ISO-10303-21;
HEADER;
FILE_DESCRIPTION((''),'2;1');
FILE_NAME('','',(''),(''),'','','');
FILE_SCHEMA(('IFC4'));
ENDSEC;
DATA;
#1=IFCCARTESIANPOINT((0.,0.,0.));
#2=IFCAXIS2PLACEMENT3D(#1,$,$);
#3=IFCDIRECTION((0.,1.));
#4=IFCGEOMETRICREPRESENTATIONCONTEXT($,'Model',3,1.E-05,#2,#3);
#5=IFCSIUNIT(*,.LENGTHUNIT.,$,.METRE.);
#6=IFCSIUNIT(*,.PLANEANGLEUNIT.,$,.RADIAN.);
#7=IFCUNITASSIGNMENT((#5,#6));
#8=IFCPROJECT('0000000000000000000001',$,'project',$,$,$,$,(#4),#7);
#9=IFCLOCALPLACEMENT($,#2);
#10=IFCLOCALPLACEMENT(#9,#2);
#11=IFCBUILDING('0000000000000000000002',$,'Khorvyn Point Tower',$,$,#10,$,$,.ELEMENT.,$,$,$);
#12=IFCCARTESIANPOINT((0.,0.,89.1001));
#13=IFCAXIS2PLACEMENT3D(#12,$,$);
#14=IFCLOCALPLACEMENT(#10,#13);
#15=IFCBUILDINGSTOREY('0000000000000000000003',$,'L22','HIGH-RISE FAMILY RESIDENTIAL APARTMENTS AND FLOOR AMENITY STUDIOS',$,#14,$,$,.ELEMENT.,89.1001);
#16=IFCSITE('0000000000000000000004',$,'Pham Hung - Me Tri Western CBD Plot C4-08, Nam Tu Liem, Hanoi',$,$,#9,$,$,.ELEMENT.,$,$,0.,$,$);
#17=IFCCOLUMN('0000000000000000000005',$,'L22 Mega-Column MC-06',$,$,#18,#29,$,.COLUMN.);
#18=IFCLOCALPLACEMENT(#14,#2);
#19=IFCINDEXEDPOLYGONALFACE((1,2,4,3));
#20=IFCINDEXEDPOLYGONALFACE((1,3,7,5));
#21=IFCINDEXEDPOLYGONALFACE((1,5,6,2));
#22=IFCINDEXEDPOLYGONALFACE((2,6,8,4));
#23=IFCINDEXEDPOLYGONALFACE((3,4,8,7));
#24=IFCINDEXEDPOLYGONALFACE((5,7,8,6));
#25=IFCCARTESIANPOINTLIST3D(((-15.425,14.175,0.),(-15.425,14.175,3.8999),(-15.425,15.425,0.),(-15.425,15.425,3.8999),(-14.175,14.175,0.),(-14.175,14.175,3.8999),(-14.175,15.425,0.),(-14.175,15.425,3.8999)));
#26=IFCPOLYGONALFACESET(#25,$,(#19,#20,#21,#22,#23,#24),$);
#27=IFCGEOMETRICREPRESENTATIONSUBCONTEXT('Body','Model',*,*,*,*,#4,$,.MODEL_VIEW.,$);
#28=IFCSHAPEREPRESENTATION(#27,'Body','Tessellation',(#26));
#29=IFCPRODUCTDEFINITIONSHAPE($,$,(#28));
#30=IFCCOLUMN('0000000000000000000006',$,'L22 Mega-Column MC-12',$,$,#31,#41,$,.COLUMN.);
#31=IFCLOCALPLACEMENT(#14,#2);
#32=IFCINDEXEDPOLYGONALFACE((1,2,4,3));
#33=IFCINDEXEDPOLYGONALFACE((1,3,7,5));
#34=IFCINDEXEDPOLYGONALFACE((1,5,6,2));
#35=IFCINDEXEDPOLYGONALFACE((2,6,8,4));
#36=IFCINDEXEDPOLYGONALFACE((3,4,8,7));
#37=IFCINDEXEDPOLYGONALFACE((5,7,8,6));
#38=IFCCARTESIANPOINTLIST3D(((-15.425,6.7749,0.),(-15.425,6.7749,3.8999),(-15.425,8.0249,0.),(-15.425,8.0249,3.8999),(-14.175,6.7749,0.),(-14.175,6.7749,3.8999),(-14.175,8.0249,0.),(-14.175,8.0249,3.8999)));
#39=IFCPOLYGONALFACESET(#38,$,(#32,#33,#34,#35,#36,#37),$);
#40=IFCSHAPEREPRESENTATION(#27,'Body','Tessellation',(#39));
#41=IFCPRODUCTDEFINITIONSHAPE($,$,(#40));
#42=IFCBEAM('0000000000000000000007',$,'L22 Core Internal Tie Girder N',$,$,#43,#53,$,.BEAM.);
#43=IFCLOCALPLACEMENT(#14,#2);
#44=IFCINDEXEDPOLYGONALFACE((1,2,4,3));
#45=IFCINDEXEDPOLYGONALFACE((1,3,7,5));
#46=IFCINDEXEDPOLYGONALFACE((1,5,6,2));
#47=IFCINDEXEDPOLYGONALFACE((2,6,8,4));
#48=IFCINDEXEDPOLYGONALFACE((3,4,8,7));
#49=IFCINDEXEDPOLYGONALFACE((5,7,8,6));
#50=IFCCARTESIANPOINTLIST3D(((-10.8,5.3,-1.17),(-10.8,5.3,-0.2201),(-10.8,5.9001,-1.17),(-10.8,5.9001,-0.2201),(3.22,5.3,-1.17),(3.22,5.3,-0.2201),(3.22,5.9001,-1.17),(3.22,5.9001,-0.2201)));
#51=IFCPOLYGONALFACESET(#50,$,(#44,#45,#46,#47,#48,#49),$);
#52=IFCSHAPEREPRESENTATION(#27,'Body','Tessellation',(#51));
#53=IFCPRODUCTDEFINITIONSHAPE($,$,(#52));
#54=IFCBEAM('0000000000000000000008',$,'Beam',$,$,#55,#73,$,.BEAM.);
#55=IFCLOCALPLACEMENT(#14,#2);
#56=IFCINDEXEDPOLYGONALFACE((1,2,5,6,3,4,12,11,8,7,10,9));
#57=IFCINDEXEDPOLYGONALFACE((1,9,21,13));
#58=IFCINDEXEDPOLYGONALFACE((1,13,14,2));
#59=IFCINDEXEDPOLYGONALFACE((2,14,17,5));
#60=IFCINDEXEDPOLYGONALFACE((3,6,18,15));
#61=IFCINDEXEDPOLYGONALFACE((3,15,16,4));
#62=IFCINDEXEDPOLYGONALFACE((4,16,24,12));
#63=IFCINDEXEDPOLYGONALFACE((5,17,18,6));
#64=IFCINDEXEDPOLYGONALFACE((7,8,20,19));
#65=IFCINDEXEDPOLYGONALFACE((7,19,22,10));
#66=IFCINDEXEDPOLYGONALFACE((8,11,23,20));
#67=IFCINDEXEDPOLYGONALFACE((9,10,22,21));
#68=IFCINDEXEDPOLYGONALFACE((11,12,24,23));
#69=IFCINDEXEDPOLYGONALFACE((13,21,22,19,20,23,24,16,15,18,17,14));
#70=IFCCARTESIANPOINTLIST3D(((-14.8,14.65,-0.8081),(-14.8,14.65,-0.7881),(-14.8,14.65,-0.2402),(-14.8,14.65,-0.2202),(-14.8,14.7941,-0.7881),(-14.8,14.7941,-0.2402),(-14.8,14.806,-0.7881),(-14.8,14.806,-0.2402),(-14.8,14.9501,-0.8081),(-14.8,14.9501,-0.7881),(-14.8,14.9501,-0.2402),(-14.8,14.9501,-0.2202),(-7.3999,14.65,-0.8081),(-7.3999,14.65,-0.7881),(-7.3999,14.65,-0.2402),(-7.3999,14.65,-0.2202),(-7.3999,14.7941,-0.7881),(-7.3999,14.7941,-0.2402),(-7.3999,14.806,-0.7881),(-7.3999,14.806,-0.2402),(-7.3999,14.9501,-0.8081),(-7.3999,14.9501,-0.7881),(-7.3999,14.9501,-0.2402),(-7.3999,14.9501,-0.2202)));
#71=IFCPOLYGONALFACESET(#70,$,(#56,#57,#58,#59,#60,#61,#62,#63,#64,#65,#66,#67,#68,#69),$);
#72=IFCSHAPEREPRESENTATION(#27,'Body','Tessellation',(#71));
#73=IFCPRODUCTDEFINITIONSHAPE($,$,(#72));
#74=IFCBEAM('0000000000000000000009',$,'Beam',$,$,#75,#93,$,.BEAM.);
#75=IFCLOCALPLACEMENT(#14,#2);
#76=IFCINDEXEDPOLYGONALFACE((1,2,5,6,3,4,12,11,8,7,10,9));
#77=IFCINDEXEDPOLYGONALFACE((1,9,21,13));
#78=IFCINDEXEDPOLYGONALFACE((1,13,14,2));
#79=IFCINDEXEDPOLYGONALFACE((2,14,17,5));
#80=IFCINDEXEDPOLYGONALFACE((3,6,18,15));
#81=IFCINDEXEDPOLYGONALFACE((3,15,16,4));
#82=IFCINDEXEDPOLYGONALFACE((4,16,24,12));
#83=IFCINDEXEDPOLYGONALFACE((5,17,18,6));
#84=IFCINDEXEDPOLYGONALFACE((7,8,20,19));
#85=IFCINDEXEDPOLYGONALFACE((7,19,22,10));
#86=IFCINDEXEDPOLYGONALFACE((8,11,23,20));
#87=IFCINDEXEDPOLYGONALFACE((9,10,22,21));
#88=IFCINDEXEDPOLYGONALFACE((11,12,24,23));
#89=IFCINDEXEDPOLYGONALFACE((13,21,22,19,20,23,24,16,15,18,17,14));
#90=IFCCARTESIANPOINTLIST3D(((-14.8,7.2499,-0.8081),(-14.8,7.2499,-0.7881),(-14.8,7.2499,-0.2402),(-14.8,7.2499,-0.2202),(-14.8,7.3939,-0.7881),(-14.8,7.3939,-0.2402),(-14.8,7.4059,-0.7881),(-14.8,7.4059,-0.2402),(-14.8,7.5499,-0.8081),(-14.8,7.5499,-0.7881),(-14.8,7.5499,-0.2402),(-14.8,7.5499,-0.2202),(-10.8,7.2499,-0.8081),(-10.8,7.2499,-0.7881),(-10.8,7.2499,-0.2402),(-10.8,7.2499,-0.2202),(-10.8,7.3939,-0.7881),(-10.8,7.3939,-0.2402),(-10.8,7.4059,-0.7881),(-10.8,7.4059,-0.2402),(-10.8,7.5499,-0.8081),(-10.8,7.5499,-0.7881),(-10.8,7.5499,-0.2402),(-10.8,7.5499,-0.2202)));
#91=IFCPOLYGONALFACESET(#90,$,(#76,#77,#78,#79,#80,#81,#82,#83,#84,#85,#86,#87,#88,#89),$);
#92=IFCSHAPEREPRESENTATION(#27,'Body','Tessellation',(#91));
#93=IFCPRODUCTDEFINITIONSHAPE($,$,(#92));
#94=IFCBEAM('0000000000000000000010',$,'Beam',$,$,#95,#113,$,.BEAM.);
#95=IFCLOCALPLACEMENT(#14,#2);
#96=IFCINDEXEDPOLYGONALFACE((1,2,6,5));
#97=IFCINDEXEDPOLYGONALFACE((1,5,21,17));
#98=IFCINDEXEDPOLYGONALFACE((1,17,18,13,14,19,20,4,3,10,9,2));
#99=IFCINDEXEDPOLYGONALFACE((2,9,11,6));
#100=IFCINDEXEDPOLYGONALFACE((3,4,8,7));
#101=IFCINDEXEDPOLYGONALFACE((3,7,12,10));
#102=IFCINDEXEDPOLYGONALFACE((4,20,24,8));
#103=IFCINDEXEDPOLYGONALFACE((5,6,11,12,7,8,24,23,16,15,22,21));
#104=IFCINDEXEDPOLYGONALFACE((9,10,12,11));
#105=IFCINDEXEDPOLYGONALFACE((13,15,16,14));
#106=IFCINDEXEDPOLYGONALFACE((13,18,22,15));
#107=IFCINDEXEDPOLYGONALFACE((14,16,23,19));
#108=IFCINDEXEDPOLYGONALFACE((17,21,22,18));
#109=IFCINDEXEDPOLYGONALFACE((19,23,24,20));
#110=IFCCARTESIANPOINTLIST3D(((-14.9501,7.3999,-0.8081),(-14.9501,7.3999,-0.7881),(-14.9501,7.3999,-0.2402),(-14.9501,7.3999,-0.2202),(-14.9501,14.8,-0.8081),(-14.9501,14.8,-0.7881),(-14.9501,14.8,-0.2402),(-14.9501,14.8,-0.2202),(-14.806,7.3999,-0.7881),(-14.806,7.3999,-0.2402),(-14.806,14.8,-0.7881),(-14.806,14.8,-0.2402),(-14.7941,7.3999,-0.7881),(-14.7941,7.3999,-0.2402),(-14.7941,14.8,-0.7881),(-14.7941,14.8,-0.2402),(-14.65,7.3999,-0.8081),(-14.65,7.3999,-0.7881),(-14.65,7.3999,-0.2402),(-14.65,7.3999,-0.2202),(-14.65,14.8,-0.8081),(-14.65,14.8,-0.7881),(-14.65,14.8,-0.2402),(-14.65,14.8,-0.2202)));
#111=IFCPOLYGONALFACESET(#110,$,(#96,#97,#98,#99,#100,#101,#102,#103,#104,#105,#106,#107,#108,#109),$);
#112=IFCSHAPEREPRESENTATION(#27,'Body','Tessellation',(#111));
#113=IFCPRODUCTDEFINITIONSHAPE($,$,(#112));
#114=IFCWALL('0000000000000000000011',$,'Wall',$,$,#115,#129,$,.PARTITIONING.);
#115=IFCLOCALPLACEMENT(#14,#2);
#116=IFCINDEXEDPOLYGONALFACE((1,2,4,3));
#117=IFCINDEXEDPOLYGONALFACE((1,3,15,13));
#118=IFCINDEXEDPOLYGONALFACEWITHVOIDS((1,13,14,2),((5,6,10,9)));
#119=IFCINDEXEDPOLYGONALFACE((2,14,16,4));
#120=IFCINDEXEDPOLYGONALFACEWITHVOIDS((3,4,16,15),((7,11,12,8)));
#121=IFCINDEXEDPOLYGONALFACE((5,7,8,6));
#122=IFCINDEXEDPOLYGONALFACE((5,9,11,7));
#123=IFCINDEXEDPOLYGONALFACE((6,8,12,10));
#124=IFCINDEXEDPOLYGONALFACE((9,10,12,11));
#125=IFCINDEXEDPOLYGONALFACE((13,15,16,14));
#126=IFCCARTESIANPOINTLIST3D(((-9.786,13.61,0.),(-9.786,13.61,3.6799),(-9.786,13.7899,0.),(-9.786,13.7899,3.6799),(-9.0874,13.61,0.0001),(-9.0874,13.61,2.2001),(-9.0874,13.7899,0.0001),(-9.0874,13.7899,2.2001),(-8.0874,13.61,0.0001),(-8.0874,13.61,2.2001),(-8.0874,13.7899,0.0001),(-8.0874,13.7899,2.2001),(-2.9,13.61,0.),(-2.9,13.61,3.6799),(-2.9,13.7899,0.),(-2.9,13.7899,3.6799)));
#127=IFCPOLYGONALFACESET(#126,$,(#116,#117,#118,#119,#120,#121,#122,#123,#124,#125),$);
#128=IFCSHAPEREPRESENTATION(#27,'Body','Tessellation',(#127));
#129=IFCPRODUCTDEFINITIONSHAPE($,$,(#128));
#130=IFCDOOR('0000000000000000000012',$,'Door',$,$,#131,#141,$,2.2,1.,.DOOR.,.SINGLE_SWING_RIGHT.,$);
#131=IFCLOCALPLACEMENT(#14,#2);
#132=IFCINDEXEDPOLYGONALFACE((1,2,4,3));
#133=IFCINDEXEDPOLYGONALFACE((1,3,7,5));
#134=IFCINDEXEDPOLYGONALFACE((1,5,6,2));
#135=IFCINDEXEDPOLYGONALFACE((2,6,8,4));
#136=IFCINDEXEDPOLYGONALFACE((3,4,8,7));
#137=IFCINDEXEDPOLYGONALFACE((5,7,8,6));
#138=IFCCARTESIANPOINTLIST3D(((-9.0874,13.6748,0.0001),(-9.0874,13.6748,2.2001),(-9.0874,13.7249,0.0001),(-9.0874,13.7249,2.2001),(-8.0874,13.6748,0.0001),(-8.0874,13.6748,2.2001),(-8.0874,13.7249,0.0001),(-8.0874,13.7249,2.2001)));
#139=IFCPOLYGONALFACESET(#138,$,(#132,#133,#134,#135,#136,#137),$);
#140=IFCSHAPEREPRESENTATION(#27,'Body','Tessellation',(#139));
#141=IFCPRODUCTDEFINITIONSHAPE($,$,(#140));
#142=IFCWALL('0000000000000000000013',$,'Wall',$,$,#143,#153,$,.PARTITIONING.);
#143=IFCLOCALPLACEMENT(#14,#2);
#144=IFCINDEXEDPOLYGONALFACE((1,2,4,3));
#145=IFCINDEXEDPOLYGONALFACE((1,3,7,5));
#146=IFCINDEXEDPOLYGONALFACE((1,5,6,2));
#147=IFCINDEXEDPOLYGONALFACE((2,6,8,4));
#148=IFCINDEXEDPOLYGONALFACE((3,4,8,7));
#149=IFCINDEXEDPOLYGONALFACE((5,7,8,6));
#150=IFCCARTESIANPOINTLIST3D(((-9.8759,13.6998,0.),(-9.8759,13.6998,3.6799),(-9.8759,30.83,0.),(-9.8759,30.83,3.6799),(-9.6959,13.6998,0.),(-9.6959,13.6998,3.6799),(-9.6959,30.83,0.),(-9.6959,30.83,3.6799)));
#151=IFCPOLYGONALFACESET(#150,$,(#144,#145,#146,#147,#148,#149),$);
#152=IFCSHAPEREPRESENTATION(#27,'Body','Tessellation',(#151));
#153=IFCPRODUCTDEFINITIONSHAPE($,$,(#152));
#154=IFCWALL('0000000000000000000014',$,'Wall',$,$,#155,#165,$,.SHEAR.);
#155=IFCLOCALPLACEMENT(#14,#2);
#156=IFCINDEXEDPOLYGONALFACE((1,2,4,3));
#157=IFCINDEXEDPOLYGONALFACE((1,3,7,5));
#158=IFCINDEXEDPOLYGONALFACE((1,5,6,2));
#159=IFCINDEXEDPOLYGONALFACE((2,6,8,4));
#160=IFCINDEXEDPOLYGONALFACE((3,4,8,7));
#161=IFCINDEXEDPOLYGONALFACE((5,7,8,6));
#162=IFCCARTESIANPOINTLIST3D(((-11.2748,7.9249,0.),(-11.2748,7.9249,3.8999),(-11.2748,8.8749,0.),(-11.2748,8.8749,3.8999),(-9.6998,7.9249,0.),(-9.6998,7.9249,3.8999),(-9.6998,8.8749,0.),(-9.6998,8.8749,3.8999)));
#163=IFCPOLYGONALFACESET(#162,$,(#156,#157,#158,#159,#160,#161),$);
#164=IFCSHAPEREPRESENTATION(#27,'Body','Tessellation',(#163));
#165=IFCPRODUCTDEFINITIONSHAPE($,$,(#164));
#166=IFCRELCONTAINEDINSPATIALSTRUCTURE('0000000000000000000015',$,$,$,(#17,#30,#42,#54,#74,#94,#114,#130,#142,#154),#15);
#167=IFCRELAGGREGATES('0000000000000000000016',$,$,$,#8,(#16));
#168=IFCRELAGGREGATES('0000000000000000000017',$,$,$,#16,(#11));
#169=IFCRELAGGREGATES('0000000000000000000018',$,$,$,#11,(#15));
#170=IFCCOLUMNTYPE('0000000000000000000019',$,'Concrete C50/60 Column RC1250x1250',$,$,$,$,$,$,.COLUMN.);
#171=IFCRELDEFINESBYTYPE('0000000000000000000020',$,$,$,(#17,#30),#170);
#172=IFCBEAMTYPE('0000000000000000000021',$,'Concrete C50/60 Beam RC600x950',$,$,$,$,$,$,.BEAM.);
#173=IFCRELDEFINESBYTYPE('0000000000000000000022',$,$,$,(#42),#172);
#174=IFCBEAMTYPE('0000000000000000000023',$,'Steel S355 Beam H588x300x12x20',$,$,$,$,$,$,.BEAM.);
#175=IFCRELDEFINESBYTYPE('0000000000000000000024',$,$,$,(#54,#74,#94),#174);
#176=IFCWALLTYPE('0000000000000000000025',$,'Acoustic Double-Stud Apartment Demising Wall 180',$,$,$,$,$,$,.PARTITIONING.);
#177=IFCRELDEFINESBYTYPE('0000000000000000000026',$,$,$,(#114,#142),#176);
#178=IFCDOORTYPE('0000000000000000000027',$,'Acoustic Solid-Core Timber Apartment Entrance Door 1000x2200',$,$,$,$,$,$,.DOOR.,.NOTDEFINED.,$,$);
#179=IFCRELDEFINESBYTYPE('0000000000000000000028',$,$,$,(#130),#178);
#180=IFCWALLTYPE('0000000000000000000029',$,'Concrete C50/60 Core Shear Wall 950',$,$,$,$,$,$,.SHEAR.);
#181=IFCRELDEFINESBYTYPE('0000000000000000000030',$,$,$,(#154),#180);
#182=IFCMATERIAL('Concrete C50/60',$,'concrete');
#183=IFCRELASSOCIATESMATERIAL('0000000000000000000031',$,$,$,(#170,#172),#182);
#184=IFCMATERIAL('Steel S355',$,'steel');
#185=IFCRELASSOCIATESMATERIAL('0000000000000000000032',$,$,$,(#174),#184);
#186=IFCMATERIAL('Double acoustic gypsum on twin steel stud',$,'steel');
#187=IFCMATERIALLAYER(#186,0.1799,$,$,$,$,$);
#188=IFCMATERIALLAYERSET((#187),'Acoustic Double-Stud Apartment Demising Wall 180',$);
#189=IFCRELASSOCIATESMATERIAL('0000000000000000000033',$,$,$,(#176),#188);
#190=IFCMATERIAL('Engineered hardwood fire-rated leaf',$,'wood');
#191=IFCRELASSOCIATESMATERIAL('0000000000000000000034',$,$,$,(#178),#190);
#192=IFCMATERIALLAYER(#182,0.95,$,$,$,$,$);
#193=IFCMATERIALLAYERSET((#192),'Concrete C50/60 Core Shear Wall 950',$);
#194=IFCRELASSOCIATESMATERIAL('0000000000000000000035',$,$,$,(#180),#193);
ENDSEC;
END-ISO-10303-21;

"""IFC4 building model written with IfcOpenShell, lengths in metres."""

from ifc_helpers import new_model, si_unit, direction, frame, frame_2d, origin, origin_2d, place, context, subcontext, project, spatial, rectangle, i_section, extrude, material, layer, layer_set, material_profile, profile_set, type_object, element, fill, save


model = new_model("IFC4")

# Units and contexts
model_context = context("Model", 3, precision=1e-05, world=origin(), true_north=direction((0.0, 1.0)))
body_context = subcontext(model_context, "Body", "Model", "MODEL_VIEW")
ifc_project = project(units=[si_unit("LENGTHUNIT", "METRE"), si_unit("PLANEANGLEUNIT", "RADIAN")], contexts=[model_context])

# Site, building, storey
site_placement = place(None, origin())
site = spatial("IfcSite", under=ifc_project, at=site_placement, Name="Pham Hung - Me Tri Western CBD Plot C4-08, Nam Tu Liem, Hanoi", CompositionType="ELEMENT", RefElevation=0.0)
building_placement = place(site_placement, origin())
building = spatial("IfcBuilding", under=site, at=building_placement, Name="Khorvyn Point Tower", CompositionType="ELEMENT")
storey_placement = place(building_placement, frame((0.0, 0.0, 89.1001)))
storey = spatial("IfcBuildingStorey", under=building, at=storey_placement, Name="L22", Description="HIGH-RISE FAMILY RESIDENTIAL APARTMENTS AND FLOOR AMENITY STUDIOS", CompositionType="ELEMENT", Elevation=89.1001)

# Columns
ifc_material_1 = material(Name="Concrete C50/60", Category="concrete")
ifc_material_profile_1 = material_profile(ifc_material_1, rectangle(XDim=1.25, YDim=1.25, at=origin_2d()))
ifc_profile_set_1 = profile_set([ifc_material_profile_1], Name="Concrete C50/60 RC1250x1250")
column_type = type_object("IfcColumnType", Name="Concrete C50/60 Column RC1250x1250", PredefinedType="COLUMN", material=ifc_profile_set_1)
for number, where, z_axis, x_axis, name in (
    (1, (-14.8, 14.8, 0.0), (0.0, 0.0, 1.0), (1.0, 0.0, 0.0), "L22 Mega-Column MC-06"),
    (2, (-14.8, 7.3999, 0.0), (0.0, 0.0, 1.0), (1.0, 0.0, 0.0), "L22 Mega-Column MC-12"),
):
    element("IfcColumn", number, at=place(storey_placement, frame(where, z_axis=z_axis, x_axis=x_axis)), inside=storey, type_object=column_type, Name=name, PredefinedType="COLUMN", context=body_context, shape_type="SweptSolid", body=[
        extrude(rectangle(XDim=1.25, YDim=1.25, at=origin_2d()), origin(), (0.0, 0.0, 1.0), 3.8999),
    ])

# Beams
ifc_material_profile_2 = material_profile(ifc_material_1, rectangle(XDim=0.6001, YDim=0.95, at=origin_2d()))
ifc_profile_set_2 = profile_set([ifc_material_profile_2], Name="Concrete C50/60 RC600x950")
beam_type_1 = type_object("IfcBeamType", Name="Concrete C50/60 Beam RC600x950", PredefinedType="BEAM", material=ifc_profile_set_2)
beam_1_placement = place(storey_placement, frame((-10.8, 5.6001, -0.6951), z_axis=(1.0, 0.0, 0.0), x_axis=(0.0, 1.0, 0.0)))
element("IfcBeam", 3, at=beam_1_placement, inside=storey, type_object=beam_type_1, Name="L22 Core Internal Tie Girder N", PredefinedType="BEAM", context=body_context, shape_type="SweptSolid", body=[
    extrude(rectangle(XDim=0.6001, YDim=0.95, at=origin_2d()), origin(), (0.0, 0.0, 1.0), 14.02),
])
ifc_material_2 = material(Name="Steel S355", Category="steel")
ifc_material_profile_3 = material_profile(ifc_material_2, i_section(OverallWidth=0.3, OverallDepth=0.5879, WebThickness=0.012, FlangeThickness=0.02, at=origin_2d()))
ifc_profile_set_3 = profile_set([ifc_material_profile_3], Name="Steel S355 H588x300x12x20")
beam_type_2 = type_object("IfcBeamType", Name="Steel S355 Beam H588x300x12x20", PredefinedType="BEAM", material=ifc_profile_set_3)
beam_2_placement = place(storey_placement, frame((-14.8, 14.8, -0.5142), z_axis=(1.0, 0.0, 0.0), x_axis=(0.0, 1.0, 0.0)))
element("IfcBeam", 4, at=beam_2_placement, inside=storey, type_object=beam_type_2, Name="Beam", PredefinedType="BEAM", context=body_context, shape_type="SweptSolid", body=[
    extrude(i_section(OverallWidth=0.3, OverallDepth=0.5879, WebThickness=0.012, FlangeThickness=0.02, at=origin_2d()), origin(), (0.0, 0.0, 1.0), 7.4001),
])
beam_3_placement = place(storey_placement, frame((-14.8, 7.3999, -0.5142), z_axis=(1.0, 0.0, 0.0), x_axis=(0.0, 1.0, 0.0)))
element("IfcBeam", 5, at=beam_3_placement, inside=storey, type_object=beam_type_2, Name="Beam", PredefinedType="BEAM", context=body_context, shape_type="SweptSolid", body=[
    extrude(i_section(OverallWidth=0.3, OverallDepth=0.5879, WebThickness=0.012, FlangeThickness=0.02, at=origin_2d()), origin(), (0.0, 0.0, 1.0), 4.0),
])
beam_4_placement = place(storey_placement, frame((-14.8, 7.3999, -0.5142), z_axis=(0.0, 1.0, 0.0), x_axis=(-1.0, 0.0, 0.0)))
element("IfcBeam", 6, at=beam_4_placement, inside=storey, type_object=beam_type_2, Name="Beam", PredefinedType="BEAM", context=body_context, shape_type="SweptSolid", body=[
    extrude(i_section(OverallWidth=0.3, OverallDepth=0.5879, WebThickness=0.012, FlangeThickness=0.02, at=origin_2d()), origin(), (0.0, 0.0, 1.0), 7.4001),
])

# Wall, opening, door
ifc_material_3 = material(Name="Double acoustic gypsum on twin steel stud", Category="steel")
ifc_layer_1 = layer(ifc_material_3, 0.1799)
ifc_layer_set_1 = layer_set([ifc_layer_1], Name="Acoustic Double-Stud Apartment Demising Wall 180")
wall_type_1 = type_object("IfcWallType", Name="Acoustic Double-Stud Apartment Demising Wall 180", PredefinedType="PARTITIONING", material=ifc_layer_set_1)
wall_1_placement = place(storey_placement, frame((-9.7859, 13.7, 0.0), z_axis=(0.0, 0.0, 1.0), x_axis=(1.0, 0.0, 0.0)))
wall_1 = element("IfcWall", 7, at=wall_1_placement, inside=storey, type_object=wall_type_1, Name="Wall", PredefinedType="PARTITIONING", context=body_context, shape_type="SweptSolid", body=[
    extrude(rectangle(XDim=6.886, YDim=0.1799, at=frame_2d((3.4429, 0.0))), origin(), (0.0, 0.0, 1.0), 3.6799),
])
opening_1_placement = place(wall_1_placement, frame((0.6985, 0.0, 0.0)))
opening_1 = element("IfcOpeningElement", 8, at=opening_1_placement, cuts=wall_1, PredefinedType="OPENING", context=body_context, shape_type="SweptSolid", body=[
    extrude(rectangle(XDim=1.0, YDim=2.2, at=frame_2d((0.5, 1.1001))), frame((0.0, 0.0999, 0.0), z_axis=(0.0, -1.0, 0.0), x_axis=(1.0, 0.0, 0.0)), (0.0, 0.0, 1.0), 0.2),
])
ifc_material_4 = material(Name="Engineered hardwood fire-rated leaf", Category="wood")
door_type_1 = type_object("IfcDoorType", Name="Acoustic Solid-Core Timber Apartment Entrance Door 1000x2200", OperationType="NOTDEFINED", PredefinedType="DOOR", material=ifc_material_4)
door_1_placement = place(opening_1_placement, origin())
door_1 = element("IfcDoor", 9, at=door_1_placement, inside=storey, type_object=door_type_1, Name="Door", OperationType="SINGLE_SWING_RIGHT", OverallHeight=2.2, OverallWidth=1.0, PredefinedType="DOOR", context=body_context, shape_type="SweptSolid", body=[
    extrude(rectangle(XDim=1.0, YDim=2.2, at=frame_2d((0.5, 1.1001))), frame((0.0, 0.0249, 0.0), z_axis=(0.0, -1.0, 0.0), x_axis=(1.0, 0.0, 0.0)), (0.0, 0.0, 1.0), 0.05),
])
fill(opening_1, door_1)

# Walls
wall_2_placement = place(storey_placement, frame((-9.7859, 13.7, 0.0), z_axis=(0.0, 0.0, 1.0), x_axis=(0.0, 1.0, 0.0)))
element("IfcWall", 10, at=wall_2_placement, inside=storey, type_object=wall_type_1, Name="Wall", PredefinedType="PARTITIONING", context=body_context, shape_type="SweptSolid", body=[
    extrude(rectangle(XDim=17.1301, YDim=0.1799, at=frame_2d((8.5649, 0.0))), origin(), (0.0, 0.0, 1.0), 3.6799),
])
ifc_layer_2 = layer(ifc_material_1, 0.95)
ifc_layer_set_2 = layer_set([ifc_layer_2], Name="Concrete C50/60 Core Shear Wall 950")
wall_type_2 = type_object("IfcWallType", Name="Concrete C50/60 Core Shear Wall 950", PredefinedType="SHEAR", material=ifc_layer_set_2)
wall_3_placement = place(storey_placement, frame((-11.2749, 8.3999, 0.0), z_axis=(0.0, 0.0, 1.0), x_axis=(1.0, 0.0, 0.0)))
element("IfcWall", 11, at=wall_3_placement, inside=storey, type_object=wall_type_2, Name="Wall", PredefinedType="SHEAR", context=body_context, shape_type="SweptSolid", body=[
    extrude(rectangle(XDim=1.575, YDim=0.95, at=frame_2d((0.7876, 0.0))), origin(), (0.0, 0.0, 1.0), 3.8999),
])

save(model, "model.ifc")
